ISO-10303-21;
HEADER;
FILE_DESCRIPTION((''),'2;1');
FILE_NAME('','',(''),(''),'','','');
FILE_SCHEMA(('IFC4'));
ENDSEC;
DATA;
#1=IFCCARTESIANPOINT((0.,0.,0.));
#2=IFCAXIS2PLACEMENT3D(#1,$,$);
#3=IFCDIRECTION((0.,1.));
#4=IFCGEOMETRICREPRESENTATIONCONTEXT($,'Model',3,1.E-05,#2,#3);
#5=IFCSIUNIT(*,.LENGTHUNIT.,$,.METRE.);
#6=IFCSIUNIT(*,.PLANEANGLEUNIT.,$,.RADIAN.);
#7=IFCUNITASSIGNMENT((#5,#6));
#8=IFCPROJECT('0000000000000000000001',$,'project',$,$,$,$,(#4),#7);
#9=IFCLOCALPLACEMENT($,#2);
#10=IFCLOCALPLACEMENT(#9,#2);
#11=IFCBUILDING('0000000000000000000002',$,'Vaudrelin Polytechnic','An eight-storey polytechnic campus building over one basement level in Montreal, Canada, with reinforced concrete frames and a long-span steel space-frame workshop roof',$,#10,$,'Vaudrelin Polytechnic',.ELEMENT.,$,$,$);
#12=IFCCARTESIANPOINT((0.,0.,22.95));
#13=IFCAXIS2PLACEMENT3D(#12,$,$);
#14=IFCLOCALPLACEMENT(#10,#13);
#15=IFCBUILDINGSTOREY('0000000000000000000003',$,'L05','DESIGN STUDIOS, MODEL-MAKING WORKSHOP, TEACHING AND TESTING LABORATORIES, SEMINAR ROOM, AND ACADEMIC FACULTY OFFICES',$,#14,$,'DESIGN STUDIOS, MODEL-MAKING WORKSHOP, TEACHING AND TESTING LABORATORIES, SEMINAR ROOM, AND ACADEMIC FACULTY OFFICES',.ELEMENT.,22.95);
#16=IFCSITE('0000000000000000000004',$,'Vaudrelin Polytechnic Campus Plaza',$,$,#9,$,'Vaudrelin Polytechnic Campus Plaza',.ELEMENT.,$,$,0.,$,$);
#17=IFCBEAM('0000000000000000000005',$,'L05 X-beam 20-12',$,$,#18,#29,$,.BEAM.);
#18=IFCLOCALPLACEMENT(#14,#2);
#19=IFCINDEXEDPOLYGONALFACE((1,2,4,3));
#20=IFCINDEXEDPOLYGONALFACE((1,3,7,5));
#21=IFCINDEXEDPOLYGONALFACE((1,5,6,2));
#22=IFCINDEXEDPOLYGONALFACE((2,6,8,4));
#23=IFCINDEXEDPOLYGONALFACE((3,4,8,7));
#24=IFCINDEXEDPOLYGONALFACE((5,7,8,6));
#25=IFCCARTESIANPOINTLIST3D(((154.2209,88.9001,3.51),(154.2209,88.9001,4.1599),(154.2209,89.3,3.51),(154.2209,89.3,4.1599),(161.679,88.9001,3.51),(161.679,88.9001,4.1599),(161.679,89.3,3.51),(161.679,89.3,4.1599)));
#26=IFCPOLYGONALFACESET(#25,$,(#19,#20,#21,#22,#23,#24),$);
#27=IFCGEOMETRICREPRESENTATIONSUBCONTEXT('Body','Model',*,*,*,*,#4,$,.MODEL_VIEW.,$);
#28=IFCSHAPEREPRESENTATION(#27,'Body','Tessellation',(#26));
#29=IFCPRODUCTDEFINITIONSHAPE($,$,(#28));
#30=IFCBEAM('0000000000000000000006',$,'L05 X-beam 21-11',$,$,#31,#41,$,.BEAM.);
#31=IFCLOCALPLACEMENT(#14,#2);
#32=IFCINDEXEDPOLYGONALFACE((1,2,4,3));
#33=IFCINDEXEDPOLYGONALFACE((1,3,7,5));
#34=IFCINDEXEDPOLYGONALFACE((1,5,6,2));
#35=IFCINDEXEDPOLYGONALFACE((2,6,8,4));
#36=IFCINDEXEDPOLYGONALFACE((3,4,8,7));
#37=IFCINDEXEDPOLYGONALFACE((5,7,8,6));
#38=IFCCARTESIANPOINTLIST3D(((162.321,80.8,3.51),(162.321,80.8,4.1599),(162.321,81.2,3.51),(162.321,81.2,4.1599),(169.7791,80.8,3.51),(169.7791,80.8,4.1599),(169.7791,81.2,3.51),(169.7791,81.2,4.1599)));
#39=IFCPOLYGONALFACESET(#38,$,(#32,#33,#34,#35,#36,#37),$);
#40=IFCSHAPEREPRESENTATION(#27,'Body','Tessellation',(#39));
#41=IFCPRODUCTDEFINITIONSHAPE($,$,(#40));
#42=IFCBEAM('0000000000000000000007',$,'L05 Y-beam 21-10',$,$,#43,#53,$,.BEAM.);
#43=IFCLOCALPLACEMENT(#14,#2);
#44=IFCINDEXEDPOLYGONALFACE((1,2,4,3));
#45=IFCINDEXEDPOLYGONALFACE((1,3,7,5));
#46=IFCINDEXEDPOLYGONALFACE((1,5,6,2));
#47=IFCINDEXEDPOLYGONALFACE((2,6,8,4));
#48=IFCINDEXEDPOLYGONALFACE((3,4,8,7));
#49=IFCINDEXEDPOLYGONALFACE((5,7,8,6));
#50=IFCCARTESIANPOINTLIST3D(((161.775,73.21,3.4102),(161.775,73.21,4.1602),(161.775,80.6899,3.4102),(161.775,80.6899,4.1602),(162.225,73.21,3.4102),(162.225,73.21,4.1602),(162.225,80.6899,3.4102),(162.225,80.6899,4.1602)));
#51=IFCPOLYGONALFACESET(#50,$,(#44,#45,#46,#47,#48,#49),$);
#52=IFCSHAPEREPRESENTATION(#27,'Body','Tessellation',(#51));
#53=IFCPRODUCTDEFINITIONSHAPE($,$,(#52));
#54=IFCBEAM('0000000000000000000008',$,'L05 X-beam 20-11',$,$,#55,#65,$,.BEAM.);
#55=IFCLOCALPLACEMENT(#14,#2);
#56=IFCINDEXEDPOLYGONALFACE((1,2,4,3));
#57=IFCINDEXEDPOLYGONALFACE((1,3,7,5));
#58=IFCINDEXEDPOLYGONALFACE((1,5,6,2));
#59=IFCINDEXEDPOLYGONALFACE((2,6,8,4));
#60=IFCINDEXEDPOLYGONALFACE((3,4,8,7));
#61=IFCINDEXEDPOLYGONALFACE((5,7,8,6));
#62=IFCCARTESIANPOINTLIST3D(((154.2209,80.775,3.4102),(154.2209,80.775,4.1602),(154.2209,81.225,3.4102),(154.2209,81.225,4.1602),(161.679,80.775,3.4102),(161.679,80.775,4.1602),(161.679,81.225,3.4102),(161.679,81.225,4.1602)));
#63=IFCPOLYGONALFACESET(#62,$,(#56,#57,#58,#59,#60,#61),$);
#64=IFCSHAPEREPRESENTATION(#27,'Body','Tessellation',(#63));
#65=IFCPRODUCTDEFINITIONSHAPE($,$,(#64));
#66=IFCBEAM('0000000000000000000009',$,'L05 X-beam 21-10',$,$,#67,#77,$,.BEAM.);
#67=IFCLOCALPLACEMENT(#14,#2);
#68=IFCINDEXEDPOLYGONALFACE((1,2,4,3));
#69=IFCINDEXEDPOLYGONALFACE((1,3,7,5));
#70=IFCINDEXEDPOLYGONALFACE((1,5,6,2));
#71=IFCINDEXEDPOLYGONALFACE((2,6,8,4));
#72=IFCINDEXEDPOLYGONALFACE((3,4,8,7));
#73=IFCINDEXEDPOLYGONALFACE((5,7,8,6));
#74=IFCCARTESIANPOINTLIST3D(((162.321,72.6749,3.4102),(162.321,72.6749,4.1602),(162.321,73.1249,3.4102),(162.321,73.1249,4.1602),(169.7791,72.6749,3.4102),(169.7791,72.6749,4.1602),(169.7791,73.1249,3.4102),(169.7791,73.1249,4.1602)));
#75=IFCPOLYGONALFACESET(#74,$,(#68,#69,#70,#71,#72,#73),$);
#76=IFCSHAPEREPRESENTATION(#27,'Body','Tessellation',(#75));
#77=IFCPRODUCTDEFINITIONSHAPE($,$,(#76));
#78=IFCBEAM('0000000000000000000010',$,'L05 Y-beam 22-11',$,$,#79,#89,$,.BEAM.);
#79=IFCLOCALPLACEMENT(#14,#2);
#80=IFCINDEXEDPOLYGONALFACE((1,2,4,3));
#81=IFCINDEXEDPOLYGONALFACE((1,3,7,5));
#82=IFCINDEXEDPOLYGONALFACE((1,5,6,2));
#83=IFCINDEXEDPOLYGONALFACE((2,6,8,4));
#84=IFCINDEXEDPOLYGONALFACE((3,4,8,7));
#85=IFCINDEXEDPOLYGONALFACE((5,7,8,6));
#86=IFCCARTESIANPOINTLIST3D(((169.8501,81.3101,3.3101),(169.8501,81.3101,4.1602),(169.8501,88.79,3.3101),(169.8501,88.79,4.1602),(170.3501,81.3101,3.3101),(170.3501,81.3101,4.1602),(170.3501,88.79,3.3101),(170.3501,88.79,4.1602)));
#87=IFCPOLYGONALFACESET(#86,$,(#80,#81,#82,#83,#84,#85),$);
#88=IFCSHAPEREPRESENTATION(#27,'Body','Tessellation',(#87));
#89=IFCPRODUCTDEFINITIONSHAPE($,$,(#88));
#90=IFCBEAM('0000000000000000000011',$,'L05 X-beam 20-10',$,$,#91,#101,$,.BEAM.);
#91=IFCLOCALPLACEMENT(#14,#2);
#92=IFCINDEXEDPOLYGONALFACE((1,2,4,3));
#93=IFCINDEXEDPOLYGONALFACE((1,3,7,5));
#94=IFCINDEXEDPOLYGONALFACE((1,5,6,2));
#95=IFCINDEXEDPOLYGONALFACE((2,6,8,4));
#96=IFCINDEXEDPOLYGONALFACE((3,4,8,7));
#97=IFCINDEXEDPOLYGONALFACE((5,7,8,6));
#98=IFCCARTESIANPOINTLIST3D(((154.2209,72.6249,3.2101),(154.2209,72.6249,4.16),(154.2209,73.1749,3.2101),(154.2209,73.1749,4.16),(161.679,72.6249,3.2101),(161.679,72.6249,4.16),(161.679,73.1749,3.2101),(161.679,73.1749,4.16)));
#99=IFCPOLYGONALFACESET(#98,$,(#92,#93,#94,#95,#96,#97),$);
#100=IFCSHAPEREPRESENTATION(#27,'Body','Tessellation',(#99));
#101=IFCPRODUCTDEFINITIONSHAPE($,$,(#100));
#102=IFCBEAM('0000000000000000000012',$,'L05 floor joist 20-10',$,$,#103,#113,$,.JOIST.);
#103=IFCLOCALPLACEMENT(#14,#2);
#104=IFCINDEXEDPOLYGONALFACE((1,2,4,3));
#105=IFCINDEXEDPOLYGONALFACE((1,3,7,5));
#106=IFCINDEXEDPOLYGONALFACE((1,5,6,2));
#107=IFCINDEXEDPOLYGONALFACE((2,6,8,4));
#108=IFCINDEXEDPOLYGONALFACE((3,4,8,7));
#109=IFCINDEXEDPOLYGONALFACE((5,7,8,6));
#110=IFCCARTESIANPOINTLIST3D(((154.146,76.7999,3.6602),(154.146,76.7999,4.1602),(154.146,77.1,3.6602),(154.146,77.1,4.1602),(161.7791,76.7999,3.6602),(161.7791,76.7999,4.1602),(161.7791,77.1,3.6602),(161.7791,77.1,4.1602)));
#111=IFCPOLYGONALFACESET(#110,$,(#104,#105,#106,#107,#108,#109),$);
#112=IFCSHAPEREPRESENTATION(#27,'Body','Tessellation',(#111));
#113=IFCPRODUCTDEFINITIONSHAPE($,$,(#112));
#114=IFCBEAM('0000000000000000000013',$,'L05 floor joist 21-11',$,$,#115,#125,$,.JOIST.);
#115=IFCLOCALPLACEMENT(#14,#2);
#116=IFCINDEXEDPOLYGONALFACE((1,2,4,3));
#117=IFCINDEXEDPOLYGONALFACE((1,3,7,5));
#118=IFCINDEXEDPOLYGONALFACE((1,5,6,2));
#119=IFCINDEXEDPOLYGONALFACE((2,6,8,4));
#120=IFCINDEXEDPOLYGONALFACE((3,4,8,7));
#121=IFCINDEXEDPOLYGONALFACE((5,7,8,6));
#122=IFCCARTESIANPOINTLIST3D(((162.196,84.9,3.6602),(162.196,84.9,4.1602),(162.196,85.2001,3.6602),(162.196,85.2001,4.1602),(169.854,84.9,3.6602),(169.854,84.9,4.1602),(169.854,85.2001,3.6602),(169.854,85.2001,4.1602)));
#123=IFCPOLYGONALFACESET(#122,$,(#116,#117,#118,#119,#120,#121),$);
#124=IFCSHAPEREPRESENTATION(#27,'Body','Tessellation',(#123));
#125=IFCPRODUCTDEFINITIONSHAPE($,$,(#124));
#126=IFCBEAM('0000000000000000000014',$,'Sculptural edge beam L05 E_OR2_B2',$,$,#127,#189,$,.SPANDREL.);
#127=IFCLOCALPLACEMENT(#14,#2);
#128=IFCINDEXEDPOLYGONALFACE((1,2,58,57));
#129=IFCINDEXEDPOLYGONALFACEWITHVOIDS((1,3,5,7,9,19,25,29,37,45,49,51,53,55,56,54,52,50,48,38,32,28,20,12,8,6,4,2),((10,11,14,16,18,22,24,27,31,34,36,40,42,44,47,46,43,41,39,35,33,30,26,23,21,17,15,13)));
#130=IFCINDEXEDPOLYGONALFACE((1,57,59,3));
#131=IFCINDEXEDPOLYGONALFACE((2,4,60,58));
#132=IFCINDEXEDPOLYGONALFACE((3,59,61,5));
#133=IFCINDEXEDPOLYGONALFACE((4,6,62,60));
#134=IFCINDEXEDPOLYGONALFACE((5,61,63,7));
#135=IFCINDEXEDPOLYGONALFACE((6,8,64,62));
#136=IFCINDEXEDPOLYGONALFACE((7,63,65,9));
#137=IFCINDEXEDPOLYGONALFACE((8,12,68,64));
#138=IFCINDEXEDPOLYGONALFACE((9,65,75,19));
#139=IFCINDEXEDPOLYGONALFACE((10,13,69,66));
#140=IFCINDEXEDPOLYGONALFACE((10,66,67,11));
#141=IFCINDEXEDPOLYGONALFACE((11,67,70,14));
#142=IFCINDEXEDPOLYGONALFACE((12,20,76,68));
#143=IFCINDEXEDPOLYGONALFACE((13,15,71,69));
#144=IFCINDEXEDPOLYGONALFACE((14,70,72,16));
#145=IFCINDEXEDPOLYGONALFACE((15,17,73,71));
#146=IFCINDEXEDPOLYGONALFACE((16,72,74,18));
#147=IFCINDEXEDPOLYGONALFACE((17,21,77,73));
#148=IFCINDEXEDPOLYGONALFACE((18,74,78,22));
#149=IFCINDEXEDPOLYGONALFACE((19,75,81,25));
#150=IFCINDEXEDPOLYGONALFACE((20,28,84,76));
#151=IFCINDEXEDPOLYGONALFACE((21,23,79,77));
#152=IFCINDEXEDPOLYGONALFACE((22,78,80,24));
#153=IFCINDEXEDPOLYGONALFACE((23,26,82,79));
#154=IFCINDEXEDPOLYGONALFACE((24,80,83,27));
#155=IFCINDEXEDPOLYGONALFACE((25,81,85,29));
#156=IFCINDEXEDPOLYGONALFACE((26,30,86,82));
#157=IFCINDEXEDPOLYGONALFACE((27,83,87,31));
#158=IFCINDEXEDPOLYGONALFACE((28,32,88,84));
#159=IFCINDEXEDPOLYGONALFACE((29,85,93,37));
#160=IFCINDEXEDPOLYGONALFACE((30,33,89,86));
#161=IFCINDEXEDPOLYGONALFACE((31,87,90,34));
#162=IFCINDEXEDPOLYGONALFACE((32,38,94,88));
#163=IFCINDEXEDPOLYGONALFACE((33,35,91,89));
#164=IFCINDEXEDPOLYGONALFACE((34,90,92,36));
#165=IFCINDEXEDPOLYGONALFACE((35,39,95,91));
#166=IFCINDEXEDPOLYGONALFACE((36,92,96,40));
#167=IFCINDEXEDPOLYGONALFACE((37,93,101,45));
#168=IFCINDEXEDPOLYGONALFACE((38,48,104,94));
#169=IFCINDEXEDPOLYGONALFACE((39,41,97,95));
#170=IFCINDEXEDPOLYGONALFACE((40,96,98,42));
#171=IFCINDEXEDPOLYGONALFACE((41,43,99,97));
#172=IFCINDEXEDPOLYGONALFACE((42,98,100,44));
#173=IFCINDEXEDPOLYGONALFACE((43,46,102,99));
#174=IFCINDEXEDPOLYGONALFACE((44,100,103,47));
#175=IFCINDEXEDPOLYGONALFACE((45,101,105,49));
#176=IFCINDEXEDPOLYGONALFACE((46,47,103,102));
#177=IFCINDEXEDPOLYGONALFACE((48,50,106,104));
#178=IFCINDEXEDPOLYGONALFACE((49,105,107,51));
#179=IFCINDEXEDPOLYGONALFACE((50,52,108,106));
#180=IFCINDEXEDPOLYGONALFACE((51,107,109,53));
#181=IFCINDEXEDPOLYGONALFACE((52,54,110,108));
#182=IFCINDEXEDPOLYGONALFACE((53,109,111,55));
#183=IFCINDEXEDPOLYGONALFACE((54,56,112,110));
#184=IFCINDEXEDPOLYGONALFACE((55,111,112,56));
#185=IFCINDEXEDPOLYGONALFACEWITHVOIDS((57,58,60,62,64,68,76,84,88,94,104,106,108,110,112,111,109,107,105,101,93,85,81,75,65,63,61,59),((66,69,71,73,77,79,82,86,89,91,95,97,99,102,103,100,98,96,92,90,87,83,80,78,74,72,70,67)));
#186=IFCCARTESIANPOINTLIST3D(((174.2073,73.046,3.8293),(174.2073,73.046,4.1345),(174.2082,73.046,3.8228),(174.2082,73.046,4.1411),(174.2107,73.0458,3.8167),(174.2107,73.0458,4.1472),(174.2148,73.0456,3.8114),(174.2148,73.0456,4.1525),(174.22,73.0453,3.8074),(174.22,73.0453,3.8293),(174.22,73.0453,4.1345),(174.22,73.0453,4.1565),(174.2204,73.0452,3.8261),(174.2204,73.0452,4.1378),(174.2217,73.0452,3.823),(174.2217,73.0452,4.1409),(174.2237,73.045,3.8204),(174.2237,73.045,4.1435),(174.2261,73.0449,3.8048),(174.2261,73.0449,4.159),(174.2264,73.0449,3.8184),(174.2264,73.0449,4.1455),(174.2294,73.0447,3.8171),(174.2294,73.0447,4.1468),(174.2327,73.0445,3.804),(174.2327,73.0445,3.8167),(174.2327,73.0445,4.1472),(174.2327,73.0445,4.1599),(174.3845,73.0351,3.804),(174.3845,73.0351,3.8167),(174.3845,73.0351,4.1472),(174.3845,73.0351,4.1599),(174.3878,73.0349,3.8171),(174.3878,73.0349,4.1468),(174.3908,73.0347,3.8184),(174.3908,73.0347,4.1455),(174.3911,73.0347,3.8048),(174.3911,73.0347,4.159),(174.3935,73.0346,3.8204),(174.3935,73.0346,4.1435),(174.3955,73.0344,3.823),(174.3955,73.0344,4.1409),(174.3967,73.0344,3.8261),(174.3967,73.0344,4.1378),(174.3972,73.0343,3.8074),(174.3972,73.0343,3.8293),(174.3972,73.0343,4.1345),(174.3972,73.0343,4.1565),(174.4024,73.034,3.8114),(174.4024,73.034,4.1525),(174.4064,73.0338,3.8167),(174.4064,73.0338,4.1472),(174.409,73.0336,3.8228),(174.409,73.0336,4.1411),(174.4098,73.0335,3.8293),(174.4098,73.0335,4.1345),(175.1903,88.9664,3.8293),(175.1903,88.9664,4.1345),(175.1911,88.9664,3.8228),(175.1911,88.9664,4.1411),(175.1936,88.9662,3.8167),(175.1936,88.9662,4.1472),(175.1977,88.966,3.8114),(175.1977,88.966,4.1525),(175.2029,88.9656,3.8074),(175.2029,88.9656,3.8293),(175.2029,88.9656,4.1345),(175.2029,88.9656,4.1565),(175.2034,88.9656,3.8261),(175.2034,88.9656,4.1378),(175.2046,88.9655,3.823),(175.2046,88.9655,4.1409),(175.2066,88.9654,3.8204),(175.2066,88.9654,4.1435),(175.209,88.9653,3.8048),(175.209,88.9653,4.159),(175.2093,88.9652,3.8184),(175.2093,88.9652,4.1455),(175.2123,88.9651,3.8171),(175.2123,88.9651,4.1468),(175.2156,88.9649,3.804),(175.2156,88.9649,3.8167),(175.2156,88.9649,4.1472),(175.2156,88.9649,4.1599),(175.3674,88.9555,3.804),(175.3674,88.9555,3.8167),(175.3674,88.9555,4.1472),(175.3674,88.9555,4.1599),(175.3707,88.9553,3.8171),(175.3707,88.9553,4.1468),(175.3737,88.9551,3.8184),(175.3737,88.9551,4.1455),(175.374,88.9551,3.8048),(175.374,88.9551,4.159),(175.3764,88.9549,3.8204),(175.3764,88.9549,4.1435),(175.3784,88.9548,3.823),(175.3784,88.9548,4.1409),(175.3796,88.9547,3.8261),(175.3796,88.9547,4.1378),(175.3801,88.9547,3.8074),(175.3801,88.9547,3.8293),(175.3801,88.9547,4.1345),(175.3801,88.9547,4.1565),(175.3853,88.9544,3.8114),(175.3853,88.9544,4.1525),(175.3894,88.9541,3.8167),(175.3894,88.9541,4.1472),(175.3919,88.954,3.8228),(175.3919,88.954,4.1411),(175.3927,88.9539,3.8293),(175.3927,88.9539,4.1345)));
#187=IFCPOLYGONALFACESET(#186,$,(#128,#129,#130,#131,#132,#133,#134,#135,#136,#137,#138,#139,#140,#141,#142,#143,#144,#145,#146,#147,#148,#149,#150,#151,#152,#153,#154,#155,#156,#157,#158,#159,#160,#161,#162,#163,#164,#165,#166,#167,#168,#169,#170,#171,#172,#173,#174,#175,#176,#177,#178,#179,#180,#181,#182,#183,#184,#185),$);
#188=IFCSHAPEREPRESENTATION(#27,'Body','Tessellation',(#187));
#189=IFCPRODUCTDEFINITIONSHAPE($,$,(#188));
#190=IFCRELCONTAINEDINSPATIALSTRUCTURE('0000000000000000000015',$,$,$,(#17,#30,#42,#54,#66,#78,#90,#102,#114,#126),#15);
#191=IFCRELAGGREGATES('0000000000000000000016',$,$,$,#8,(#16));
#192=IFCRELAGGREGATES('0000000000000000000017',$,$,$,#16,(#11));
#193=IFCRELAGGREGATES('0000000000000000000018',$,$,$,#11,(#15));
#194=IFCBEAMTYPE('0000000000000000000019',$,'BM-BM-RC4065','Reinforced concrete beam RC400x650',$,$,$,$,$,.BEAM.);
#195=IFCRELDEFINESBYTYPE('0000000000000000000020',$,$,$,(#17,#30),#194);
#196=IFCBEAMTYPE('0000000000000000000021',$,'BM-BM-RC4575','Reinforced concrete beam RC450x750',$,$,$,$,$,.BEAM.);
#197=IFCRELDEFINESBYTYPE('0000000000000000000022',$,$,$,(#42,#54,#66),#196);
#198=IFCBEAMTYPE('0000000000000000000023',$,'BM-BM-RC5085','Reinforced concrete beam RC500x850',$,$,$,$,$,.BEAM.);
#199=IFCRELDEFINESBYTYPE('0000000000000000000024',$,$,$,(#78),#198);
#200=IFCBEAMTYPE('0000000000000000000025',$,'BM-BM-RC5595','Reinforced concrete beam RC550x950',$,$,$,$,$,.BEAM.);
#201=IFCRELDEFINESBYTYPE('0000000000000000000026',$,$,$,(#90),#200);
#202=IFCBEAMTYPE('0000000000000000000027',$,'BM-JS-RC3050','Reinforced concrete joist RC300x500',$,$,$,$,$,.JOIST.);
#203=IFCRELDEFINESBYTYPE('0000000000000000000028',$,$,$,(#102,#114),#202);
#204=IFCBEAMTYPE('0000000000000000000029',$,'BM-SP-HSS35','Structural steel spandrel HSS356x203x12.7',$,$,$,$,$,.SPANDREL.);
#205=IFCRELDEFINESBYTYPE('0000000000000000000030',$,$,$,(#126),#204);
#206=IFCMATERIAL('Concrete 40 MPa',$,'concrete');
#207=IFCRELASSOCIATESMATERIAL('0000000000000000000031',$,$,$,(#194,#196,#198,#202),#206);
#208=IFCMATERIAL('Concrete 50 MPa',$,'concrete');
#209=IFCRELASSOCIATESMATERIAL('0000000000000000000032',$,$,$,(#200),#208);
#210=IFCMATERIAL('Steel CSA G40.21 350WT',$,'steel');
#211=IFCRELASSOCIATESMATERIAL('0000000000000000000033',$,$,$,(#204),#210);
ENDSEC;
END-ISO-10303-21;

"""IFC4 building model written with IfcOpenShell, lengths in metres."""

from ifc_helpers import new_model, si_unit, direction, frame, origin, origin_2d, place, context, subcontext, project, spatial, rectangle, hollow_rectangle, extrude, material, material_profile, profile_set, type_object, element, save


model = new_model("IFC4")

# Units and contexts
model_context = context("Model", 3, precision=1e-05, world=origin(), true_north=direction((0.0, 1.0)))
body_context = subcontext(model_context, "Body", "Model", "MODEL_VIEW")
ifc_project = project(units=[si_unit("LENGTHUNIT", "METRE"), si_unit("PLANEANGLEUNIT", "RADIAN")], contexts=[model_context])

# Site, building, storey
site_placement = place(None, origin())
site = spatial("IfcSite", under=ifc_project, at=site_placement, Name="Vaudrelin Polytechnic Campus Plaza", LongName="Vaudrelin Polytechnic Campus Plaza", CompositionType="ELEMENT", RefElevation=0.0)
building_placement = place(site_placement, origin())
building = spatial("IfcBuilding", under=site, at=building_placement, Name="Vaudrelin Polytechnic", Description="An eight-storey polytechnic campus building over one basement level in Montreal, Canada, with reinforced concrete frames and a long-span steel space-frame workshop roof", LongName="Vaudrelin Polytechnic", CompositionType="ELEMENT")
storey_placement = place(building_placement, frame((0.0, 0.0, 22.95)))
storey = spatial("IfcBuildingStorey", under=building, at=storey_placement, Name="L05", Description="DESIGN STUDIOS, MODEL-MAKING WORKSHOP, TEACHING AND TESTING LABORATORIES, SEMINAR ROOM, AND ACADEMIC FACULTY OFFICES", LongName="DESIGN STUDIOS, MODEL-MAKING WORKSHOP, TEACHING AND TESTING LABORATORIES, SEMINAR ROOM, AND ACADEMIC FACULTY OFFICES", CompositionType="ELEMENT", Elevation=22.95)

# Shared definitions
ifc_material_1 = material(Name="Steel CSA G40.21 350WT", Category="steel")
ifc_material_2 = material(Name="Concrete 40 MPa", Category="concrete")

# Beams
ifc_material_profile_1 = material_profile(ifc_material_2, rectangle(XDim=0.3999, YDim=0.6499, at=origin_2d()), Name="RC400x650")
ifc_profile_set_1 = profile_set([ifc_material_profile_1], Name="Concrete 40 MPa")
beam_type_1 = type_object("IfcBeamType", Name="BM-BM-RC4065", Description="Reinforced concrete beam RC400x650", PredefinedType="BEAM", material=ifc_profile_set_1)
for number, where, z_axis, x_axis, name in (
    (1, (154.2209, 89.1001, 3.835), (1.0, 0.0, 0.0), (0.0, 1.0, 0.0), "L05 X-beam 20-12"),
    (2, (162.321, 81.0, 3.835), (1.0, 0.0, 0.0), (0.0, 1.0, 0.0), "L05 X-beam 21-11"),
):
    element("IfcBeam", number, at=place(storey_placement, frame(where, z_axis=z_axis, x_axis=x_axis)), inside=storey, type_object=beam_type_1, Name=name, PredefinedType="BEAM", context=body_context, shape_type="SweptSolid", body=[
        extrude(rectangle(XDim=0.3999, YDim=0.6499, at=origin_2d()), origin(), (0.0, 0.0, 1.0), 7.458),
    ])
ifc_material_profile_2 = material_profile(ifc_material_2, rectangle(XDim=0.45, YDim=0.75, at=origin_2d()), Name="RC450x750")
ifc_profile_set_2 = profile_set([ifc_material_profile_2], Name="Concrete 40 MPa")
beam_type_2 = type_object("IfcBeamType", Name="BM-BM-RC4575", Description="Reinforced concrete beam RC450x750", PredefinedType="BEAM", material=ifc_profile_set_2)
beam_1_placement = place(storey_placement, frame((162.0, 73.21, 3.7852), z_axis=(0.0, 1.0, 0.0), x_axis=(-1.0, 0.0, 0.0)))
element("IfcBeam", 3, at=beam_1_placement, inside=storey, type_object=beam_type_2, Name="L05 Y-beam 21-10", PredefinedType="BEAM", context=body_context, shape_type="SweptSolid", body=[
    extrude(rectangle(XDim=0.45, YDim=0.75, at=origin_2d()), origin(), (0.0, 0.0, 1.0), 7.48),
])
for number, where, z_axis, x_axis, name in (
    (4, (154.2209, 81.0, 3.7852), (1.0, 0.0, 0.0), (0.0, 1.0, 0.0), "L05 X-beam 20-11"),
    (5, (162.321, 72.8999, 3.7852), (1.0, 0.0, 0.0), (0.0, 1.0, 0.0), "L05 X-beam 21-10"),
):
    element("IfcBeam", number, at=place(storey_placement, frame(where, z_axis=z_axis, x_axis=x_axis)), inside=storey, type_object=beam_type_2, Name=name, PredefinedType="BEAM", context=body_context, shape_type="SweptSolid", body=[
        extrude(rectangle(XDim=0.45, YDim=0.75, at=origin_2d()), origin(), (0.0, 0.0, 1.0), 7.458),
    ])
ifc_material_profile_3 = material_profile(ifc_material_2, rectangle(XDim=0.5, YDim=0.8501, at=origin_2d()), Name="RC500x850")
ifc_profile_set_3 = profile_set([ifc_material_profile_3], Name="Concrete 40 MPa")
beam_type_3 = type_object("IfcBeamType", Name="BM-BM-RC5085", Description="Reinforced concrete beam RC500x850", PredefinedType="BEAM", material=ifc_profile_set_3)
beam_2_placement = place(storey_placement, frame((170.1001, 81.3101, 3.7351), z_axis=(0.0, 1.0, 0.0), x_axis=(-1.0, 0.0, 0.0)))
element("IfcBeam", 6, at=beam_2_placement, inside=storey, type_object=beam_type_3, Name="L05 Y-beam 22-11", PredefinedType="BEAM", context=body_context, shape_type="SweptSolid", body=[
    extrude(rectangle(XDim=0.5, YDim=0.8501, at=origin_2d()), origin(), (0.0, 0.0, 1.0), 7.48),
])
ifc_material_3 = material(Name="Concrete 50 MPa", Category="concrete")
ifc_material_profile_4 = material_profile(ifc_material_3, rectangle(XDim=0.55, YDim=0.95, at=origin_2d()), Name="RC550x950")
ifc_profile_set_4 = profile_set([ifc_material_profile_4], Name="Concrete 50 MPa")
beam_type_4 = type_object("IfcBeamType", Name="BM-BM-RC5595", Description="Reinforced concrete beam RC550x950", PredefinedType="BEAM", material=ifc_profile_set_4)
beam_3_placement = place(storey_placement, frame((154.2209, 72.8999, 3.6851), z_axis=(1.0, 0.0, 0.0), x_axis=(0.0, 1.0, 0.0)))
element("IfcBeam", 7, at=beam_3_placement, inside=storey, type_object=beam_type_4, Name="L05 X-beam 20-10", PredefinedType="BEAM", context=body_context, shape_type="SweptSolid", body=[
    extrude(rectangle(XDim=0.55, YDim=0.95, at=origin_2d()), origin(), (0.0, 0.0, 1.0), 7.458),
])
ifc_material_profile_5 = material_profile(ifc_material_2, rectangle(XDim=0.3, YDim=0.5, at=origin_2d()), Name="RC300x500")
ifc_profile_set_5 = profile_set([ifc_material_profile_5], Name="Concrete 40 MPa")
beam_type_5 = type_object("IfcBeamType", Name="BM-JS-RC3050", Description="Reinforced concrete joist RC300x500", PredefinedType="JOIST", material=ifc_profile_set_5)
beam_4_placement = place(storey_placement, frame((154.146, 76.95, 3.9102), z_axis=(1.0, 0.0, 0.0), x_axis=(0.0, 1.0, 0.0)))
element("IfcBeam", 8, at=beam_4_placement, inside=storey, type_object=beam_type_5, Name="L05 floor joist 20-10", PredefinedType="JOIST", context=body_context, shape_type="SweptSolid", body=[
    extrude(rectangle(XDim=0.3, YDim=0.5, at=origin_2d()), origin(), (0.0, 0.0, 1.0), 7.6331),
])
beam_5_placement = place(storey_placement, frame((162.196, 85.05, 3.9102), z_axis=(1.0, 0.0, 0.0), x_axis=(0.0, 1.0, 0.0)))
element("IfcBeam", 9, at=beam_5_placement, inside=storey, type_object=beam_type_5, Name="L05 floor joist 21-11", PredefinedType="JOIST", context=body_context, shape_type="SweptSolid", body=[
    extrude(rectangle(XDim=0.3, YDim=0.5, at=origin_2d()), origin(), (0.0, 0.0, 1.0), 7.658),
])
ifc_material_profile_6 = material_profile(ifc_material_1, hollow_rectangle(XDim=0.2029, YDim=0.356, WallThickness=0.0127, InnerFilletRadius=0.0127, OuterFilletRadius=0.0254, at=origin_2d()), Name="HSS356x203x12.7")
ifc_profile_set_6 = profile_set([ifc_material_profile_6], Name="Steel CSA G40.21 350WT")
beam_type_6 = type_object("IfcBeamType", Name="BM-SP-HSS35", Description="Structural steel spandrel HSS356x203x12.7", PredefinedType="SPANDREL", material=ifc_profile_set_6)
beam_6_placement = place(storey_placement, frame((174.3086, 73.0398, 3.9819), z_axis=(0.061622, 0.9981, 0.0), x_axis=(-0.9981, 0.061622, 0.0)))
element("IfcBeam", 10, at=beam_6_placement, inside=storey, type_object=beam_type_6, Name="Sculptural edge beam L05 E_OR2_B2", PredefinedType="SPANDREL", context=body_context, shape_type="SweptSolid", body=[
    extrude(hollow_rectangle(XDim=0.2029, YDim=0.356, WallThickness=0.0127, InnerFilletRadius=0.0127, OuterFilletRadius=0.0254, at=origin_2d()), origin(), (0.0, 0.0, 1.0), 15.9507),
])

save(model, "model.ifc")
